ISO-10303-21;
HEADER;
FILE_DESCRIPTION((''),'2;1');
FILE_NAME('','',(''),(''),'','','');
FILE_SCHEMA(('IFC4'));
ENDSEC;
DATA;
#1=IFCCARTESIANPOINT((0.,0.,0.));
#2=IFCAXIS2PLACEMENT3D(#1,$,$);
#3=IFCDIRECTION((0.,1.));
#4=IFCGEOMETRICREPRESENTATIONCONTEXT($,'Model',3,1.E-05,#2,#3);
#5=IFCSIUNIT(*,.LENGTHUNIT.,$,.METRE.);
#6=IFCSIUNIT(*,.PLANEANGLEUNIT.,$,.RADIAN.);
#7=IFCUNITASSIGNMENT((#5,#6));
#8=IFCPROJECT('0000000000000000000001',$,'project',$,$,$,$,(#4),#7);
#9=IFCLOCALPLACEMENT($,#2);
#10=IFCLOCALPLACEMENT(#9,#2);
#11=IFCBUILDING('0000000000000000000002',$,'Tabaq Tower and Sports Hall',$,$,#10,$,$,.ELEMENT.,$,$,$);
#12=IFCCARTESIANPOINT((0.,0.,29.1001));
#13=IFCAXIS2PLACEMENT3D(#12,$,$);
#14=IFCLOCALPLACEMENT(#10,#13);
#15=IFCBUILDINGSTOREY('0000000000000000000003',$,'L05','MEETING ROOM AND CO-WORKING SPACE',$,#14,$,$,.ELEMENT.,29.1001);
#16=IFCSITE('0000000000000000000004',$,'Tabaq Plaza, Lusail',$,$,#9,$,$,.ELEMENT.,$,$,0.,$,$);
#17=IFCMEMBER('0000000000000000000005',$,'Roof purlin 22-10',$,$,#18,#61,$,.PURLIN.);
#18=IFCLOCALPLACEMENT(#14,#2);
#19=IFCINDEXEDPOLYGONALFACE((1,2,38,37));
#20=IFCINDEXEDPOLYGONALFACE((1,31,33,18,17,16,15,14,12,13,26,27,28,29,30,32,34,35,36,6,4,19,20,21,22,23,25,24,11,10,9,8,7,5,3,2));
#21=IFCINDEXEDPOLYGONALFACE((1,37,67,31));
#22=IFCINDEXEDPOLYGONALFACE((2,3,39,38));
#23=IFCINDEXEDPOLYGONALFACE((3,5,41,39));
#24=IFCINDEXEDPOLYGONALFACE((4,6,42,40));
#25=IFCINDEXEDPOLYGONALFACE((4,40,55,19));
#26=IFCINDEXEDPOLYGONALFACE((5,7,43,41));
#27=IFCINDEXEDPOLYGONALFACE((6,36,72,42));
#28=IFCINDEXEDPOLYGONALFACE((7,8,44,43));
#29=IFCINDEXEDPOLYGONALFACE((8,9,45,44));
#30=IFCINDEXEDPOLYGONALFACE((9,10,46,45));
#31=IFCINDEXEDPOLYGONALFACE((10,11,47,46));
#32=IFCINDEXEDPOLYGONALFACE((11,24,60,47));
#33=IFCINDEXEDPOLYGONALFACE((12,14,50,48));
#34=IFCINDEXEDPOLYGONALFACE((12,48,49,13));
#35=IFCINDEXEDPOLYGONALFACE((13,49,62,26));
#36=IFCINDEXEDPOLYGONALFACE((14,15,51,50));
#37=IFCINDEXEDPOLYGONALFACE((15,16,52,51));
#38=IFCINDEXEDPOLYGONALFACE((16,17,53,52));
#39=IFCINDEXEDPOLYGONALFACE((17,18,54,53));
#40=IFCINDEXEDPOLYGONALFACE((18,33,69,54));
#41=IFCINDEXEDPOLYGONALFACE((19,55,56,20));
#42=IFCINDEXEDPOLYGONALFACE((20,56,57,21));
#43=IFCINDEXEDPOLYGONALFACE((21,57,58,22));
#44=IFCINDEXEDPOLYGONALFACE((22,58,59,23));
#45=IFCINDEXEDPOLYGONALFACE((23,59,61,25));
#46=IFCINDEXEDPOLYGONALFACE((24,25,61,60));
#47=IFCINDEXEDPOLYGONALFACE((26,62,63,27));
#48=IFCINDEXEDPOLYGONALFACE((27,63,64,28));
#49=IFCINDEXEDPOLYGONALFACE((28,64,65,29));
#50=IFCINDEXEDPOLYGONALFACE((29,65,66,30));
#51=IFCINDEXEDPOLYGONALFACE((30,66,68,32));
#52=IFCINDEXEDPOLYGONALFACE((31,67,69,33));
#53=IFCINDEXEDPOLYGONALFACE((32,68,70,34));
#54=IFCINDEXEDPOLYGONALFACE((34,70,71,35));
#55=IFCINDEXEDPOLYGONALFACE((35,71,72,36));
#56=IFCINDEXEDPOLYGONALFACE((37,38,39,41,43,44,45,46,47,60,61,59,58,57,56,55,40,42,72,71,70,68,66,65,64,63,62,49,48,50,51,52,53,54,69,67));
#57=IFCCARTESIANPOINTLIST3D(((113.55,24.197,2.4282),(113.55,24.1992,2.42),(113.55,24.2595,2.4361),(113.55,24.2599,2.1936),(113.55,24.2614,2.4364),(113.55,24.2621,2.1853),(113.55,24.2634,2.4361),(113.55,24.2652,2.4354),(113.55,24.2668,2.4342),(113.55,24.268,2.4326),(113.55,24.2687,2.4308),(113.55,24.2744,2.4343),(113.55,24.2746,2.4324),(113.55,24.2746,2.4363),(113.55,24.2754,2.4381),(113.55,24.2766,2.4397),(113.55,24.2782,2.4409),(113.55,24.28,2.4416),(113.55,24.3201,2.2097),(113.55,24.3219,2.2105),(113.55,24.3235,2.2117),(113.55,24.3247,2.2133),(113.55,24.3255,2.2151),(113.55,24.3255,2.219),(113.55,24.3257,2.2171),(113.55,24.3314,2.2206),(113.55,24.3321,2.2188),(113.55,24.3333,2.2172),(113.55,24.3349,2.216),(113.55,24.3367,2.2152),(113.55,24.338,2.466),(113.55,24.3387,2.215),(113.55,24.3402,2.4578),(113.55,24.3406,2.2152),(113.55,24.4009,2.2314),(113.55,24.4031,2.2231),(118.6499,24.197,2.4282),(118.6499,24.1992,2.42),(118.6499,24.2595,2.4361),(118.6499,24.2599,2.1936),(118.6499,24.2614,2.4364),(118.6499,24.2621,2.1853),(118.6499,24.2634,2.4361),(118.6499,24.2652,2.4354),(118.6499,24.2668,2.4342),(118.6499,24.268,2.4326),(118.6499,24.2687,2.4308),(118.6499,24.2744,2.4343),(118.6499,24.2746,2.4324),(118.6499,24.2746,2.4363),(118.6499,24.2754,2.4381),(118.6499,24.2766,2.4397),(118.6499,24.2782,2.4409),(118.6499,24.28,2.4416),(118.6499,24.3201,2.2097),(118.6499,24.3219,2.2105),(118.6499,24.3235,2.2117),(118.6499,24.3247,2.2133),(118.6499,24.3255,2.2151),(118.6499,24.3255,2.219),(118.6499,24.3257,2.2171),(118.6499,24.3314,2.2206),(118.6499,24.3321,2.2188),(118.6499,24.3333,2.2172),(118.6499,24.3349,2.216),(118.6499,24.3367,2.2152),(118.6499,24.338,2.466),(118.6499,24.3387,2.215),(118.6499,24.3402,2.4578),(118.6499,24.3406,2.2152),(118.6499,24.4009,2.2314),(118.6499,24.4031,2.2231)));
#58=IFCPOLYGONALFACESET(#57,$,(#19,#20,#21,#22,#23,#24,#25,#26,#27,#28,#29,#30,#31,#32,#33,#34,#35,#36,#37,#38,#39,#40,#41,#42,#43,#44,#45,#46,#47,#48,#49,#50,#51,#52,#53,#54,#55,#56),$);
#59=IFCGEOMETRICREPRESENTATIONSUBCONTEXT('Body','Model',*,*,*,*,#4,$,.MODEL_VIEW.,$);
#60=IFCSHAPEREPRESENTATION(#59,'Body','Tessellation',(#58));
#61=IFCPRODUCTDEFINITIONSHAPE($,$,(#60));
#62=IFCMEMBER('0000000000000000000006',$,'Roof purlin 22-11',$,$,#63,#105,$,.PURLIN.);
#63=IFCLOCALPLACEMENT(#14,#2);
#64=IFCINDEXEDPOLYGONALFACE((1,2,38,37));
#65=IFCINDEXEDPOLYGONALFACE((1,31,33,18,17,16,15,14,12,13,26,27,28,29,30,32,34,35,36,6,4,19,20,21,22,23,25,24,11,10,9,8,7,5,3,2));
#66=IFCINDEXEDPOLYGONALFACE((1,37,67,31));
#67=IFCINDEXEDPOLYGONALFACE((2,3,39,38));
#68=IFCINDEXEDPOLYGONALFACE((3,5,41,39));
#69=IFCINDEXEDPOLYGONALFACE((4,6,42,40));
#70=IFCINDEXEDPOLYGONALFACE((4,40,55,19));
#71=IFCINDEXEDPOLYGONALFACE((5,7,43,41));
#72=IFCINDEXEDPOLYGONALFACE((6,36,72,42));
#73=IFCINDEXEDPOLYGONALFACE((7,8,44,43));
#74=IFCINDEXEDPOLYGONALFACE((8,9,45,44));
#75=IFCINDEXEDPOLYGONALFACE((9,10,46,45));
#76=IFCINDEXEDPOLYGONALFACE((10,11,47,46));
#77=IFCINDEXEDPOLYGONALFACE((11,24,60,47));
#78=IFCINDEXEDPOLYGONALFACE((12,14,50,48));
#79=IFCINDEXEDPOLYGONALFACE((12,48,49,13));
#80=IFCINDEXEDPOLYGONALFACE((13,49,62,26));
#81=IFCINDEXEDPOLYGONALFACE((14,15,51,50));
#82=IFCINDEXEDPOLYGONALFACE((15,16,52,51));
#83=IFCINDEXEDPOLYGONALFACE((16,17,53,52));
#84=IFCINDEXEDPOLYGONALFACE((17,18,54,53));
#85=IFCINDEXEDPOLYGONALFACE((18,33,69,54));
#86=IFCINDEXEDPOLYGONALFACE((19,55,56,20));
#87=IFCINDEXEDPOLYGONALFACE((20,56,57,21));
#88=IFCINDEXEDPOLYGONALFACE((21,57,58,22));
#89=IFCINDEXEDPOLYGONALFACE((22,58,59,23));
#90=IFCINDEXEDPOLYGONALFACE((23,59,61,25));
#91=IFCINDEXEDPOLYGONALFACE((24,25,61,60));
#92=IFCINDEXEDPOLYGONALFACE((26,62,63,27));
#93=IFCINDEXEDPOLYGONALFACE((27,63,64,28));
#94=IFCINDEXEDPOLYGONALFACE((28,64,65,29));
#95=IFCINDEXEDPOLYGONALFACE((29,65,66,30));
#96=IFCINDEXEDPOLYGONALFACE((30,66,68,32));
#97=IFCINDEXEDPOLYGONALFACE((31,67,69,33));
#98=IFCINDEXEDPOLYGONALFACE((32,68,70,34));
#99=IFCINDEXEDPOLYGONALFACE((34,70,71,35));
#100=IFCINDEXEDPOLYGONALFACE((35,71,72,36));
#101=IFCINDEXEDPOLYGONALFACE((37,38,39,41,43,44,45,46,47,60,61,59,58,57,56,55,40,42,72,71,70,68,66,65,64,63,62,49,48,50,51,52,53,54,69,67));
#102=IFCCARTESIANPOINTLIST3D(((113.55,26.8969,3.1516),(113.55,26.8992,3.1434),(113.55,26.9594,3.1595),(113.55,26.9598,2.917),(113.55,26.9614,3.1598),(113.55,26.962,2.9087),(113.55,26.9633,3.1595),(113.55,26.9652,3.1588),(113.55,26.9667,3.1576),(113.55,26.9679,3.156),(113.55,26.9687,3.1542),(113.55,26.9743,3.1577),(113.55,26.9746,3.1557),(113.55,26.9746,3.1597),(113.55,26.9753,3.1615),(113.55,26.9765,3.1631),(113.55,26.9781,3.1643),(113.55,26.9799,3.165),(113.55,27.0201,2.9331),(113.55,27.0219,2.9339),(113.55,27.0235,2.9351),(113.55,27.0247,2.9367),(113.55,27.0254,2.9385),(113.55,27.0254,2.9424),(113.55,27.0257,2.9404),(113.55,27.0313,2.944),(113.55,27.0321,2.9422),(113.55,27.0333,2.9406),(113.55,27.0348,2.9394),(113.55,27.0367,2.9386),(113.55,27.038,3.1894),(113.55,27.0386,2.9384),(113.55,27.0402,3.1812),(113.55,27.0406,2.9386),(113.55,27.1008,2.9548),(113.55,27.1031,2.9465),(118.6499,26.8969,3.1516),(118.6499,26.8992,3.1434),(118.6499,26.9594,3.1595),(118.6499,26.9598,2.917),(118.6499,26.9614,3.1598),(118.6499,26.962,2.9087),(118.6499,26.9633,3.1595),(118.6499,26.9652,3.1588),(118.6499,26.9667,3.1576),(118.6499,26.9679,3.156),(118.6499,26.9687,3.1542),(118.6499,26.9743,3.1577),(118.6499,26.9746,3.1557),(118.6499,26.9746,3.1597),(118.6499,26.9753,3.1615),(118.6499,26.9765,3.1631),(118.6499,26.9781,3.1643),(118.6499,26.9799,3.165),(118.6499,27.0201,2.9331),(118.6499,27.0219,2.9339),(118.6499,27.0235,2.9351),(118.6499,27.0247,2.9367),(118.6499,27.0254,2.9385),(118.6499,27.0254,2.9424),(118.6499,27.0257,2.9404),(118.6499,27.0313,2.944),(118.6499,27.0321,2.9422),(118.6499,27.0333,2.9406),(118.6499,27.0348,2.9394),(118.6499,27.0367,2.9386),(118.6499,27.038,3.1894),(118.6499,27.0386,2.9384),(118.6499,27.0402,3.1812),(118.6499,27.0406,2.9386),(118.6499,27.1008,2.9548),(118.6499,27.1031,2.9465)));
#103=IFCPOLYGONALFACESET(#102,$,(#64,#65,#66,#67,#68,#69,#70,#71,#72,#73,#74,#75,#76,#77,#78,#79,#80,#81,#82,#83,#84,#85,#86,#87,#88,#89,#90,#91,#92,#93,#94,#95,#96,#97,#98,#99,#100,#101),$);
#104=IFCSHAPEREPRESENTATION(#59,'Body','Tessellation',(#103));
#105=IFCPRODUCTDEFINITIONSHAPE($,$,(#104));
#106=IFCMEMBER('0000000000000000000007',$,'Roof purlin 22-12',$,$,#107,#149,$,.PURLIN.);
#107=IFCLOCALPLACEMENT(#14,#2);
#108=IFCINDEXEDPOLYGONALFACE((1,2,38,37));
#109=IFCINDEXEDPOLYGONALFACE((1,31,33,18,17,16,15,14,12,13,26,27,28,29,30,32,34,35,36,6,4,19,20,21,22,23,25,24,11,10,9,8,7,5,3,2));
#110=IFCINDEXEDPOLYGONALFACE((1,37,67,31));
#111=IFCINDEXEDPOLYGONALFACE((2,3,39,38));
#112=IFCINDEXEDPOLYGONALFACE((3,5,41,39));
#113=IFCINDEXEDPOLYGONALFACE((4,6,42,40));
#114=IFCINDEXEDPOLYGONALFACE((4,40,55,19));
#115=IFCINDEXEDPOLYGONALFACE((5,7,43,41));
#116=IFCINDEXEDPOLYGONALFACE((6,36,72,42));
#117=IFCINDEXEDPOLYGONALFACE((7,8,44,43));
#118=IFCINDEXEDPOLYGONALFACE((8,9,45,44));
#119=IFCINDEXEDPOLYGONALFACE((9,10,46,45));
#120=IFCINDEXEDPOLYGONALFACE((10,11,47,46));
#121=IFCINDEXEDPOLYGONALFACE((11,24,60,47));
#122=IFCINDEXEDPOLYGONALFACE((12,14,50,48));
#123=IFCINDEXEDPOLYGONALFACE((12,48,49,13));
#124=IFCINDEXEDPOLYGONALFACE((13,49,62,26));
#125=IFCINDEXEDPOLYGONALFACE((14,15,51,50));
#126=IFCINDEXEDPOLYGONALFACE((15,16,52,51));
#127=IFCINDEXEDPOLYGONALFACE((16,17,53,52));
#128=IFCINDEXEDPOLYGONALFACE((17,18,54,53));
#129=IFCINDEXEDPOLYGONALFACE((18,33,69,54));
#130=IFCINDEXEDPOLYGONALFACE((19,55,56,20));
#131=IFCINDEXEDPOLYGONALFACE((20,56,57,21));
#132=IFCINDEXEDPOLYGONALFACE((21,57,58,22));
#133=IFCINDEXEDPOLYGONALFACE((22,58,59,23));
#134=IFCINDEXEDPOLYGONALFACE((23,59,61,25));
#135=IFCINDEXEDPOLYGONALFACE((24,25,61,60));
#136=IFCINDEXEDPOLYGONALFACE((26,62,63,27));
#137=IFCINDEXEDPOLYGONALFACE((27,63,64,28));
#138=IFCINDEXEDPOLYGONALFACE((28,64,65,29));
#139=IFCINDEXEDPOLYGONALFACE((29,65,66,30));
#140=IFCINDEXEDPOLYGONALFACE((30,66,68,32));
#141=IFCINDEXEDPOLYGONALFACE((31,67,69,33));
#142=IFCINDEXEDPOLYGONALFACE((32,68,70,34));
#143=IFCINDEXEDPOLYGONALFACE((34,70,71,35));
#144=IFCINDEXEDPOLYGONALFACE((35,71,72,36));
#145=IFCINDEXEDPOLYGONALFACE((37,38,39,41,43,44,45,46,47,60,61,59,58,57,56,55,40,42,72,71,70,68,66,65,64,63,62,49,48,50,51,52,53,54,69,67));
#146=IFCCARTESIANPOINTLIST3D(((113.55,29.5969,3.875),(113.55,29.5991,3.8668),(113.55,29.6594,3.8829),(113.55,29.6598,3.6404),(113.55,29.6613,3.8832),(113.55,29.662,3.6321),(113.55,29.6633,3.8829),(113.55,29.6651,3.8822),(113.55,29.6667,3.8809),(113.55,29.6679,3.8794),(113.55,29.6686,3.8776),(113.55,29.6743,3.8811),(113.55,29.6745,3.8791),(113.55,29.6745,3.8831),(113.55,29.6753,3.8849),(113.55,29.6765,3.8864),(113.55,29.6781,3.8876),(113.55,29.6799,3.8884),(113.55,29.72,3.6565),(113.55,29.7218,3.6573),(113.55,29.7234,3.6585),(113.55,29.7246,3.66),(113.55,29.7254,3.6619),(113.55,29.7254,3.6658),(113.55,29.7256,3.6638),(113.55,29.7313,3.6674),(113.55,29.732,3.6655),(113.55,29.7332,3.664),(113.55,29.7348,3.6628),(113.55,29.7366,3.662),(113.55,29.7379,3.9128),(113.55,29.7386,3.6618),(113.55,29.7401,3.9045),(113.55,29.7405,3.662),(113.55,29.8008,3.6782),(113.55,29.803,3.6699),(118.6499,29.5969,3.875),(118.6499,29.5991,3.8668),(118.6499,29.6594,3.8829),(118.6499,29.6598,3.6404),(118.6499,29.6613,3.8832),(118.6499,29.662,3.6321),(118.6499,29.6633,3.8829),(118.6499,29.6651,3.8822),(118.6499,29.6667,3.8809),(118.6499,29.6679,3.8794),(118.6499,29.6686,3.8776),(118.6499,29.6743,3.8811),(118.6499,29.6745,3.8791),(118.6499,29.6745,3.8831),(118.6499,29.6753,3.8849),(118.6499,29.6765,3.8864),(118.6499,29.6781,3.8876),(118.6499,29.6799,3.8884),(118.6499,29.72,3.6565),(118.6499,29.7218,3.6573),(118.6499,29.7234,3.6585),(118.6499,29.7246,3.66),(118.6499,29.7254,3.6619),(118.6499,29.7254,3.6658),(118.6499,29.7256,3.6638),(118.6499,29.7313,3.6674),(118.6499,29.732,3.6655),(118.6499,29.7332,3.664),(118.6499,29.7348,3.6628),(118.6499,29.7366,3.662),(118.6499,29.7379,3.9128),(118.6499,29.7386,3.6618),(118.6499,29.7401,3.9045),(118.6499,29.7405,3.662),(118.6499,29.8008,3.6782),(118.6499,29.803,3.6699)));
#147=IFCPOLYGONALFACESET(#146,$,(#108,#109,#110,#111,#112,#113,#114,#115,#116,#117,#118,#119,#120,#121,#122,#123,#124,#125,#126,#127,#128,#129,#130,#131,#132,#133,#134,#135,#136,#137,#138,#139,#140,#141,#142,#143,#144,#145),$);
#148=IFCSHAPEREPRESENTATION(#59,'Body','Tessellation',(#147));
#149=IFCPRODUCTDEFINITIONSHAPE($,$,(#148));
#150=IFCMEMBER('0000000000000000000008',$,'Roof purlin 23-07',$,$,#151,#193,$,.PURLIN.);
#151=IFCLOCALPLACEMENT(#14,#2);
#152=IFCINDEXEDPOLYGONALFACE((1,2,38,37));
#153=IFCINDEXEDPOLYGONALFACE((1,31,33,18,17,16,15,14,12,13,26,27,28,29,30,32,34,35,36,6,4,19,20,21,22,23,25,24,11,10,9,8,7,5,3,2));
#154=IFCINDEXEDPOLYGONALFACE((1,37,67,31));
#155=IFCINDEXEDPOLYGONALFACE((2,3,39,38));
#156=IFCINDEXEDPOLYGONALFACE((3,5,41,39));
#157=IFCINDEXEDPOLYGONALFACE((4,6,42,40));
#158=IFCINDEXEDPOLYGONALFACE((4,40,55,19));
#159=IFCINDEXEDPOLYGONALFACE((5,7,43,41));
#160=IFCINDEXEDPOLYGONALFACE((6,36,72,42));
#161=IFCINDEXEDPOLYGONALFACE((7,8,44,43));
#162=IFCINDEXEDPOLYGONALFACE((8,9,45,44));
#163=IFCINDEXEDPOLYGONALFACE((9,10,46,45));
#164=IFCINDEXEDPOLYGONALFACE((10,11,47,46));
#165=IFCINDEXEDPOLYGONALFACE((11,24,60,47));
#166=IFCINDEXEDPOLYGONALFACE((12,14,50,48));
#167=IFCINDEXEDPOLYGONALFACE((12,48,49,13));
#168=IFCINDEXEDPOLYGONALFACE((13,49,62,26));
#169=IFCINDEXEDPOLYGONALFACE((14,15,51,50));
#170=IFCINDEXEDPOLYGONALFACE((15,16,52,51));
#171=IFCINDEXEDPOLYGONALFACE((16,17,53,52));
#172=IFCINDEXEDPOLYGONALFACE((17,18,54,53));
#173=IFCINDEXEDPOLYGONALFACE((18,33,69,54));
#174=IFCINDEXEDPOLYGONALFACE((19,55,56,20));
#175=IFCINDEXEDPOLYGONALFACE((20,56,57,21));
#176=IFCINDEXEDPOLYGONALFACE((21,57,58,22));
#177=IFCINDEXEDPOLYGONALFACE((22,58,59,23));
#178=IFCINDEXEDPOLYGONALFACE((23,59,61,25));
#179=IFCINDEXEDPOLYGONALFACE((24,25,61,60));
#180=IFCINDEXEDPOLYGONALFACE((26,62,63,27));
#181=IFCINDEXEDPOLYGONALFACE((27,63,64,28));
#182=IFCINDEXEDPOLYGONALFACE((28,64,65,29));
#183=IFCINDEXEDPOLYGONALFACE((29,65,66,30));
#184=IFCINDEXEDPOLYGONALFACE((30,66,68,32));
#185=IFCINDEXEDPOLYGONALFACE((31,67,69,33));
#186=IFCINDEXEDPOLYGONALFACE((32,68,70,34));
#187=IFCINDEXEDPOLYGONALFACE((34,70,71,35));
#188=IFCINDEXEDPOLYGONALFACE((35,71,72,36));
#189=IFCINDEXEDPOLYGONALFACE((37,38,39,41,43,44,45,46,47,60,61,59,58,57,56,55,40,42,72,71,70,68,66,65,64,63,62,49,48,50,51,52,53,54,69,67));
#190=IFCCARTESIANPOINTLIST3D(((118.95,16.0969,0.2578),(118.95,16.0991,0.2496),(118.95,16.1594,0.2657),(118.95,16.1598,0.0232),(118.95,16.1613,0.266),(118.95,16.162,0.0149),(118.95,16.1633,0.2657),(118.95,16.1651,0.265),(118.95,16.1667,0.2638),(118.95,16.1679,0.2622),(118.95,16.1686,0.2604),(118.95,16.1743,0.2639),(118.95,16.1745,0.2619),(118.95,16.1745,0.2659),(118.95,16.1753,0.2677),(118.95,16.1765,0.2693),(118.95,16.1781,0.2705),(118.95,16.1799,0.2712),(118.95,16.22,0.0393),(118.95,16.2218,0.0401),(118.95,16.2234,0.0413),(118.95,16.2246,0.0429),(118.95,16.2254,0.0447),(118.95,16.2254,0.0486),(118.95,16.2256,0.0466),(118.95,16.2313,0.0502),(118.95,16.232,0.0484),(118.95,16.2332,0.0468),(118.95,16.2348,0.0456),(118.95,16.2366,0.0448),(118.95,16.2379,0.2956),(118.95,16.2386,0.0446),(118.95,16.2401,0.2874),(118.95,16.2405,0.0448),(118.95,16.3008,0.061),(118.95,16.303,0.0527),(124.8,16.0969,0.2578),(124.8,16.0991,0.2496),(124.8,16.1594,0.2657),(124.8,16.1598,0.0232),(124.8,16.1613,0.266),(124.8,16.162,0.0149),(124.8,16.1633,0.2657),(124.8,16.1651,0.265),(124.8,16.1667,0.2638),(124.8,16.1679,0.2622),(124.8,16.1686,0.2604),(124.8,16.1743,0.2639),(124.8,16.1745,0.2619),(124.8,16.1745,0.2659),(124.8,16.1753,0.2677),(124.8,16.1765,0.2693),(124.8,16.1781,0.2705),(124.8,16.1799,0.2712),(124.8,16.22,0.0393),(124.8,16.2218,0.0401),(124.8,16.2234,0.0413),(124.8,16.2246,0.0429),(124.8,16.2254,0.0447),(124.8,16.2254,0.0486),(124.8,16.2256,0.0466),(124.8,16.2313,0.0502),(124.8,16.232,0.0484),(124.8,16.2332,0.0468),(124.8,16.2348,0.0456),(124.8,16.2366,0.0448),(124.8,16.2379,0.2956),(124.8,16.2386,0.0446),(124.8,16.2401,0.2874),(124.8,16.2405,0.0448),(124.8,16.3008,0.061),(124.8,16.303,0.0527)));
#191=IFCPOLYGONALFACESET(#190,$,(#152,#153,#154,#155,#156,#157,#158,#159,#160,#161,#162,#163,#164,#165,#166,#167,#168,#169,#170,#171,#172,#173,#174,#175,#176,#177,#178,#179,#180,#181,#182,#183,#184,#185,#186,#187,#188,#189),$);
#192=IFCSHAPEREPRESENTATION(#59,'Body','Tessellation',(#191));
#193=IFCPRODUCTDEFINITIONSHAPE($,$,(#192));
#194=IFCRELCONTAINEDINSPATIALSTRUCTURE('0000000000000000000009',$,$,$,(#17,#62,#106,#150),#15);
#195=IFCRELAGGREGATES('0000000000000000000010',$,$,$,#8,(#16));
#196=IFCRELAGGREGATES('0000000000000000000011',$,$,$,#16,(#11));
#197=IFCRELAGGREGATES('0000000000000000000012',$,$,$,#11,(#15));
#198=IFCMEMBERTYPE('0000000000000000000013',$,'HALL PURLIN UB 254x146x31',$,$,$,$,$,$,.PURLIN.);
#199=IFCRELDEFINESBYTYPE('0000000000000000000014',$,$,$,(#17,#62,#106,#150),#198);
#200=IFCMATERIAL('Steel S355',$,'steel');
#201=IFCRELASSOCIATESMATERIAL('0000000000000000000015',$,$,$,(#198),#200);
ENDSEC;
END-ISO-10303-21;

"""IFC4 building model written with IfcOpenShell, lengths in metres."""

from ifc_helpers import new_model, si_unit, direction, frame, origin, origin_2d, place, context, subcontext, project, spatial, i_section, extrude, material, material_profile, profile_set, type_object, element, save


model = new_model("IFC4")

# Units and contexts
model_context = context("Model", 3, precision=1e-05, world=origin(), true_north=direction((0.0, 1.0)))
body_context = subcontext(model_context, "Body", "Model", "MODEL_VIEW")
ifc_project = project(units=[si_unit("LENGTHUNIT", "METRE"), si_unit("PLANEANGLEUNIT", "RADIAN")], contexts=[model_context])

# Site, building, storey
site_placement = place(None, origin())
site = spatial("IfcSite", under=ifc_project, at=site_placement, Name="Tabaq Plaza, Lusail", CompositionType="ELEMENT", RefElevation=0.0)
building_placement = place(site_placement, origin())
building = spatial("IfcBuilding", under=site, at=building_placement, Name="Tabaq Tower and Sports Hall", CompositionType="ELEMENT")
storey_placement = place(building_placement, frame((0.0, 0.0, 29.1001)))
storey = spatial("IfcBuildingStorey", under=building, at=storey_placement, Name="L05", Description="MEETING ROOM AND CO-WORKING SPACE", CompositionType="ELEMENT", Elevation=29.1001)

# Members
ifc_material_1 = material(Name="Steel S355", Category="steel")
ifc_material_profile_1 = material_profile(ifc_material_1, i_section(OverallWidth=0.146, OverallDepth=0.2515, WebThickness=0.0061, FlangeThickness=0.0085, FilletRadius=0.0076, at=origin_2d()), Name="UB 254x146x31")
ifc_profile_set_1 = profile_set([ifc_material_profile_1], Name="Steel S355")
member_type_1 = type_object("IfcMemberType", Name="HALL PURLIN UB 254x146x31", PredefinedType="PURLIN", material=ifc_profile_set_1)
for number, where, z_axis, x_axis, name in (
    (1, (113.55, 24.3, 2.3257), (1.0, 0.0, 0.0), (0.0, 0.965926, 0.258819), "Roof purlin 22-10"),
    (2, (113.55, 27.0, 3.0491), (1.0, 0.0, 0.0), (0.0, 0.965926, 0.258819), "Roof purlin 22-11"),
    (3, (113.55, 29.7, 3.7725), (1.0, 0.0, 0.0), (0.0, 0.965926, 0.258819), "Roof purlin 22-12"),
):
    element("IfcMember", number, at=place(storey_placement, frame(where, z_axis=z_axis, x_axis=x_axis)), inside=storey, type_object=member_type_1, Name=name, PredefinedType="PURLIN", context=body_context, shape_type="SweptSolid", body=[
        extrude(i_section(OverallWidth=0.146, OverallDepth=0.2515, WebThickness=0.0061, FlangeThickness=0.0085, FilletRadius=0.0076, at=origin_2d()), origin(), (0.0, 0.0, 1.0), 5.0999),
    ])
for number, where, z_axis, x_axis, name in (
    (4, (118.95, 16.2, 0.1553), (1.0, 0.0, 0.0), (0.0, 0.965926, 0.258819), "Roof purlin 23-07"),
):
    element("IfcMember", number, at=place(storey_placement, frame(where, z_axis=z_axis, x_axis=x_axis)), inside=storey, type_object=member_type_1, Name=name, PredefinedType="PURLIN", context=body_context, shape_type="SweptSolid", body=[
        extrude(i_section(OverallWidth=0.146, OverallDepth=0.2515, WebThickness=0.0061, FlangeThickness=0.0085, FilletRadius=0.0076, at=origin_2d()), origin(), (0.0, 0.0, 1.0), 5.8501),
    ])

save(model, "model.ifc")
